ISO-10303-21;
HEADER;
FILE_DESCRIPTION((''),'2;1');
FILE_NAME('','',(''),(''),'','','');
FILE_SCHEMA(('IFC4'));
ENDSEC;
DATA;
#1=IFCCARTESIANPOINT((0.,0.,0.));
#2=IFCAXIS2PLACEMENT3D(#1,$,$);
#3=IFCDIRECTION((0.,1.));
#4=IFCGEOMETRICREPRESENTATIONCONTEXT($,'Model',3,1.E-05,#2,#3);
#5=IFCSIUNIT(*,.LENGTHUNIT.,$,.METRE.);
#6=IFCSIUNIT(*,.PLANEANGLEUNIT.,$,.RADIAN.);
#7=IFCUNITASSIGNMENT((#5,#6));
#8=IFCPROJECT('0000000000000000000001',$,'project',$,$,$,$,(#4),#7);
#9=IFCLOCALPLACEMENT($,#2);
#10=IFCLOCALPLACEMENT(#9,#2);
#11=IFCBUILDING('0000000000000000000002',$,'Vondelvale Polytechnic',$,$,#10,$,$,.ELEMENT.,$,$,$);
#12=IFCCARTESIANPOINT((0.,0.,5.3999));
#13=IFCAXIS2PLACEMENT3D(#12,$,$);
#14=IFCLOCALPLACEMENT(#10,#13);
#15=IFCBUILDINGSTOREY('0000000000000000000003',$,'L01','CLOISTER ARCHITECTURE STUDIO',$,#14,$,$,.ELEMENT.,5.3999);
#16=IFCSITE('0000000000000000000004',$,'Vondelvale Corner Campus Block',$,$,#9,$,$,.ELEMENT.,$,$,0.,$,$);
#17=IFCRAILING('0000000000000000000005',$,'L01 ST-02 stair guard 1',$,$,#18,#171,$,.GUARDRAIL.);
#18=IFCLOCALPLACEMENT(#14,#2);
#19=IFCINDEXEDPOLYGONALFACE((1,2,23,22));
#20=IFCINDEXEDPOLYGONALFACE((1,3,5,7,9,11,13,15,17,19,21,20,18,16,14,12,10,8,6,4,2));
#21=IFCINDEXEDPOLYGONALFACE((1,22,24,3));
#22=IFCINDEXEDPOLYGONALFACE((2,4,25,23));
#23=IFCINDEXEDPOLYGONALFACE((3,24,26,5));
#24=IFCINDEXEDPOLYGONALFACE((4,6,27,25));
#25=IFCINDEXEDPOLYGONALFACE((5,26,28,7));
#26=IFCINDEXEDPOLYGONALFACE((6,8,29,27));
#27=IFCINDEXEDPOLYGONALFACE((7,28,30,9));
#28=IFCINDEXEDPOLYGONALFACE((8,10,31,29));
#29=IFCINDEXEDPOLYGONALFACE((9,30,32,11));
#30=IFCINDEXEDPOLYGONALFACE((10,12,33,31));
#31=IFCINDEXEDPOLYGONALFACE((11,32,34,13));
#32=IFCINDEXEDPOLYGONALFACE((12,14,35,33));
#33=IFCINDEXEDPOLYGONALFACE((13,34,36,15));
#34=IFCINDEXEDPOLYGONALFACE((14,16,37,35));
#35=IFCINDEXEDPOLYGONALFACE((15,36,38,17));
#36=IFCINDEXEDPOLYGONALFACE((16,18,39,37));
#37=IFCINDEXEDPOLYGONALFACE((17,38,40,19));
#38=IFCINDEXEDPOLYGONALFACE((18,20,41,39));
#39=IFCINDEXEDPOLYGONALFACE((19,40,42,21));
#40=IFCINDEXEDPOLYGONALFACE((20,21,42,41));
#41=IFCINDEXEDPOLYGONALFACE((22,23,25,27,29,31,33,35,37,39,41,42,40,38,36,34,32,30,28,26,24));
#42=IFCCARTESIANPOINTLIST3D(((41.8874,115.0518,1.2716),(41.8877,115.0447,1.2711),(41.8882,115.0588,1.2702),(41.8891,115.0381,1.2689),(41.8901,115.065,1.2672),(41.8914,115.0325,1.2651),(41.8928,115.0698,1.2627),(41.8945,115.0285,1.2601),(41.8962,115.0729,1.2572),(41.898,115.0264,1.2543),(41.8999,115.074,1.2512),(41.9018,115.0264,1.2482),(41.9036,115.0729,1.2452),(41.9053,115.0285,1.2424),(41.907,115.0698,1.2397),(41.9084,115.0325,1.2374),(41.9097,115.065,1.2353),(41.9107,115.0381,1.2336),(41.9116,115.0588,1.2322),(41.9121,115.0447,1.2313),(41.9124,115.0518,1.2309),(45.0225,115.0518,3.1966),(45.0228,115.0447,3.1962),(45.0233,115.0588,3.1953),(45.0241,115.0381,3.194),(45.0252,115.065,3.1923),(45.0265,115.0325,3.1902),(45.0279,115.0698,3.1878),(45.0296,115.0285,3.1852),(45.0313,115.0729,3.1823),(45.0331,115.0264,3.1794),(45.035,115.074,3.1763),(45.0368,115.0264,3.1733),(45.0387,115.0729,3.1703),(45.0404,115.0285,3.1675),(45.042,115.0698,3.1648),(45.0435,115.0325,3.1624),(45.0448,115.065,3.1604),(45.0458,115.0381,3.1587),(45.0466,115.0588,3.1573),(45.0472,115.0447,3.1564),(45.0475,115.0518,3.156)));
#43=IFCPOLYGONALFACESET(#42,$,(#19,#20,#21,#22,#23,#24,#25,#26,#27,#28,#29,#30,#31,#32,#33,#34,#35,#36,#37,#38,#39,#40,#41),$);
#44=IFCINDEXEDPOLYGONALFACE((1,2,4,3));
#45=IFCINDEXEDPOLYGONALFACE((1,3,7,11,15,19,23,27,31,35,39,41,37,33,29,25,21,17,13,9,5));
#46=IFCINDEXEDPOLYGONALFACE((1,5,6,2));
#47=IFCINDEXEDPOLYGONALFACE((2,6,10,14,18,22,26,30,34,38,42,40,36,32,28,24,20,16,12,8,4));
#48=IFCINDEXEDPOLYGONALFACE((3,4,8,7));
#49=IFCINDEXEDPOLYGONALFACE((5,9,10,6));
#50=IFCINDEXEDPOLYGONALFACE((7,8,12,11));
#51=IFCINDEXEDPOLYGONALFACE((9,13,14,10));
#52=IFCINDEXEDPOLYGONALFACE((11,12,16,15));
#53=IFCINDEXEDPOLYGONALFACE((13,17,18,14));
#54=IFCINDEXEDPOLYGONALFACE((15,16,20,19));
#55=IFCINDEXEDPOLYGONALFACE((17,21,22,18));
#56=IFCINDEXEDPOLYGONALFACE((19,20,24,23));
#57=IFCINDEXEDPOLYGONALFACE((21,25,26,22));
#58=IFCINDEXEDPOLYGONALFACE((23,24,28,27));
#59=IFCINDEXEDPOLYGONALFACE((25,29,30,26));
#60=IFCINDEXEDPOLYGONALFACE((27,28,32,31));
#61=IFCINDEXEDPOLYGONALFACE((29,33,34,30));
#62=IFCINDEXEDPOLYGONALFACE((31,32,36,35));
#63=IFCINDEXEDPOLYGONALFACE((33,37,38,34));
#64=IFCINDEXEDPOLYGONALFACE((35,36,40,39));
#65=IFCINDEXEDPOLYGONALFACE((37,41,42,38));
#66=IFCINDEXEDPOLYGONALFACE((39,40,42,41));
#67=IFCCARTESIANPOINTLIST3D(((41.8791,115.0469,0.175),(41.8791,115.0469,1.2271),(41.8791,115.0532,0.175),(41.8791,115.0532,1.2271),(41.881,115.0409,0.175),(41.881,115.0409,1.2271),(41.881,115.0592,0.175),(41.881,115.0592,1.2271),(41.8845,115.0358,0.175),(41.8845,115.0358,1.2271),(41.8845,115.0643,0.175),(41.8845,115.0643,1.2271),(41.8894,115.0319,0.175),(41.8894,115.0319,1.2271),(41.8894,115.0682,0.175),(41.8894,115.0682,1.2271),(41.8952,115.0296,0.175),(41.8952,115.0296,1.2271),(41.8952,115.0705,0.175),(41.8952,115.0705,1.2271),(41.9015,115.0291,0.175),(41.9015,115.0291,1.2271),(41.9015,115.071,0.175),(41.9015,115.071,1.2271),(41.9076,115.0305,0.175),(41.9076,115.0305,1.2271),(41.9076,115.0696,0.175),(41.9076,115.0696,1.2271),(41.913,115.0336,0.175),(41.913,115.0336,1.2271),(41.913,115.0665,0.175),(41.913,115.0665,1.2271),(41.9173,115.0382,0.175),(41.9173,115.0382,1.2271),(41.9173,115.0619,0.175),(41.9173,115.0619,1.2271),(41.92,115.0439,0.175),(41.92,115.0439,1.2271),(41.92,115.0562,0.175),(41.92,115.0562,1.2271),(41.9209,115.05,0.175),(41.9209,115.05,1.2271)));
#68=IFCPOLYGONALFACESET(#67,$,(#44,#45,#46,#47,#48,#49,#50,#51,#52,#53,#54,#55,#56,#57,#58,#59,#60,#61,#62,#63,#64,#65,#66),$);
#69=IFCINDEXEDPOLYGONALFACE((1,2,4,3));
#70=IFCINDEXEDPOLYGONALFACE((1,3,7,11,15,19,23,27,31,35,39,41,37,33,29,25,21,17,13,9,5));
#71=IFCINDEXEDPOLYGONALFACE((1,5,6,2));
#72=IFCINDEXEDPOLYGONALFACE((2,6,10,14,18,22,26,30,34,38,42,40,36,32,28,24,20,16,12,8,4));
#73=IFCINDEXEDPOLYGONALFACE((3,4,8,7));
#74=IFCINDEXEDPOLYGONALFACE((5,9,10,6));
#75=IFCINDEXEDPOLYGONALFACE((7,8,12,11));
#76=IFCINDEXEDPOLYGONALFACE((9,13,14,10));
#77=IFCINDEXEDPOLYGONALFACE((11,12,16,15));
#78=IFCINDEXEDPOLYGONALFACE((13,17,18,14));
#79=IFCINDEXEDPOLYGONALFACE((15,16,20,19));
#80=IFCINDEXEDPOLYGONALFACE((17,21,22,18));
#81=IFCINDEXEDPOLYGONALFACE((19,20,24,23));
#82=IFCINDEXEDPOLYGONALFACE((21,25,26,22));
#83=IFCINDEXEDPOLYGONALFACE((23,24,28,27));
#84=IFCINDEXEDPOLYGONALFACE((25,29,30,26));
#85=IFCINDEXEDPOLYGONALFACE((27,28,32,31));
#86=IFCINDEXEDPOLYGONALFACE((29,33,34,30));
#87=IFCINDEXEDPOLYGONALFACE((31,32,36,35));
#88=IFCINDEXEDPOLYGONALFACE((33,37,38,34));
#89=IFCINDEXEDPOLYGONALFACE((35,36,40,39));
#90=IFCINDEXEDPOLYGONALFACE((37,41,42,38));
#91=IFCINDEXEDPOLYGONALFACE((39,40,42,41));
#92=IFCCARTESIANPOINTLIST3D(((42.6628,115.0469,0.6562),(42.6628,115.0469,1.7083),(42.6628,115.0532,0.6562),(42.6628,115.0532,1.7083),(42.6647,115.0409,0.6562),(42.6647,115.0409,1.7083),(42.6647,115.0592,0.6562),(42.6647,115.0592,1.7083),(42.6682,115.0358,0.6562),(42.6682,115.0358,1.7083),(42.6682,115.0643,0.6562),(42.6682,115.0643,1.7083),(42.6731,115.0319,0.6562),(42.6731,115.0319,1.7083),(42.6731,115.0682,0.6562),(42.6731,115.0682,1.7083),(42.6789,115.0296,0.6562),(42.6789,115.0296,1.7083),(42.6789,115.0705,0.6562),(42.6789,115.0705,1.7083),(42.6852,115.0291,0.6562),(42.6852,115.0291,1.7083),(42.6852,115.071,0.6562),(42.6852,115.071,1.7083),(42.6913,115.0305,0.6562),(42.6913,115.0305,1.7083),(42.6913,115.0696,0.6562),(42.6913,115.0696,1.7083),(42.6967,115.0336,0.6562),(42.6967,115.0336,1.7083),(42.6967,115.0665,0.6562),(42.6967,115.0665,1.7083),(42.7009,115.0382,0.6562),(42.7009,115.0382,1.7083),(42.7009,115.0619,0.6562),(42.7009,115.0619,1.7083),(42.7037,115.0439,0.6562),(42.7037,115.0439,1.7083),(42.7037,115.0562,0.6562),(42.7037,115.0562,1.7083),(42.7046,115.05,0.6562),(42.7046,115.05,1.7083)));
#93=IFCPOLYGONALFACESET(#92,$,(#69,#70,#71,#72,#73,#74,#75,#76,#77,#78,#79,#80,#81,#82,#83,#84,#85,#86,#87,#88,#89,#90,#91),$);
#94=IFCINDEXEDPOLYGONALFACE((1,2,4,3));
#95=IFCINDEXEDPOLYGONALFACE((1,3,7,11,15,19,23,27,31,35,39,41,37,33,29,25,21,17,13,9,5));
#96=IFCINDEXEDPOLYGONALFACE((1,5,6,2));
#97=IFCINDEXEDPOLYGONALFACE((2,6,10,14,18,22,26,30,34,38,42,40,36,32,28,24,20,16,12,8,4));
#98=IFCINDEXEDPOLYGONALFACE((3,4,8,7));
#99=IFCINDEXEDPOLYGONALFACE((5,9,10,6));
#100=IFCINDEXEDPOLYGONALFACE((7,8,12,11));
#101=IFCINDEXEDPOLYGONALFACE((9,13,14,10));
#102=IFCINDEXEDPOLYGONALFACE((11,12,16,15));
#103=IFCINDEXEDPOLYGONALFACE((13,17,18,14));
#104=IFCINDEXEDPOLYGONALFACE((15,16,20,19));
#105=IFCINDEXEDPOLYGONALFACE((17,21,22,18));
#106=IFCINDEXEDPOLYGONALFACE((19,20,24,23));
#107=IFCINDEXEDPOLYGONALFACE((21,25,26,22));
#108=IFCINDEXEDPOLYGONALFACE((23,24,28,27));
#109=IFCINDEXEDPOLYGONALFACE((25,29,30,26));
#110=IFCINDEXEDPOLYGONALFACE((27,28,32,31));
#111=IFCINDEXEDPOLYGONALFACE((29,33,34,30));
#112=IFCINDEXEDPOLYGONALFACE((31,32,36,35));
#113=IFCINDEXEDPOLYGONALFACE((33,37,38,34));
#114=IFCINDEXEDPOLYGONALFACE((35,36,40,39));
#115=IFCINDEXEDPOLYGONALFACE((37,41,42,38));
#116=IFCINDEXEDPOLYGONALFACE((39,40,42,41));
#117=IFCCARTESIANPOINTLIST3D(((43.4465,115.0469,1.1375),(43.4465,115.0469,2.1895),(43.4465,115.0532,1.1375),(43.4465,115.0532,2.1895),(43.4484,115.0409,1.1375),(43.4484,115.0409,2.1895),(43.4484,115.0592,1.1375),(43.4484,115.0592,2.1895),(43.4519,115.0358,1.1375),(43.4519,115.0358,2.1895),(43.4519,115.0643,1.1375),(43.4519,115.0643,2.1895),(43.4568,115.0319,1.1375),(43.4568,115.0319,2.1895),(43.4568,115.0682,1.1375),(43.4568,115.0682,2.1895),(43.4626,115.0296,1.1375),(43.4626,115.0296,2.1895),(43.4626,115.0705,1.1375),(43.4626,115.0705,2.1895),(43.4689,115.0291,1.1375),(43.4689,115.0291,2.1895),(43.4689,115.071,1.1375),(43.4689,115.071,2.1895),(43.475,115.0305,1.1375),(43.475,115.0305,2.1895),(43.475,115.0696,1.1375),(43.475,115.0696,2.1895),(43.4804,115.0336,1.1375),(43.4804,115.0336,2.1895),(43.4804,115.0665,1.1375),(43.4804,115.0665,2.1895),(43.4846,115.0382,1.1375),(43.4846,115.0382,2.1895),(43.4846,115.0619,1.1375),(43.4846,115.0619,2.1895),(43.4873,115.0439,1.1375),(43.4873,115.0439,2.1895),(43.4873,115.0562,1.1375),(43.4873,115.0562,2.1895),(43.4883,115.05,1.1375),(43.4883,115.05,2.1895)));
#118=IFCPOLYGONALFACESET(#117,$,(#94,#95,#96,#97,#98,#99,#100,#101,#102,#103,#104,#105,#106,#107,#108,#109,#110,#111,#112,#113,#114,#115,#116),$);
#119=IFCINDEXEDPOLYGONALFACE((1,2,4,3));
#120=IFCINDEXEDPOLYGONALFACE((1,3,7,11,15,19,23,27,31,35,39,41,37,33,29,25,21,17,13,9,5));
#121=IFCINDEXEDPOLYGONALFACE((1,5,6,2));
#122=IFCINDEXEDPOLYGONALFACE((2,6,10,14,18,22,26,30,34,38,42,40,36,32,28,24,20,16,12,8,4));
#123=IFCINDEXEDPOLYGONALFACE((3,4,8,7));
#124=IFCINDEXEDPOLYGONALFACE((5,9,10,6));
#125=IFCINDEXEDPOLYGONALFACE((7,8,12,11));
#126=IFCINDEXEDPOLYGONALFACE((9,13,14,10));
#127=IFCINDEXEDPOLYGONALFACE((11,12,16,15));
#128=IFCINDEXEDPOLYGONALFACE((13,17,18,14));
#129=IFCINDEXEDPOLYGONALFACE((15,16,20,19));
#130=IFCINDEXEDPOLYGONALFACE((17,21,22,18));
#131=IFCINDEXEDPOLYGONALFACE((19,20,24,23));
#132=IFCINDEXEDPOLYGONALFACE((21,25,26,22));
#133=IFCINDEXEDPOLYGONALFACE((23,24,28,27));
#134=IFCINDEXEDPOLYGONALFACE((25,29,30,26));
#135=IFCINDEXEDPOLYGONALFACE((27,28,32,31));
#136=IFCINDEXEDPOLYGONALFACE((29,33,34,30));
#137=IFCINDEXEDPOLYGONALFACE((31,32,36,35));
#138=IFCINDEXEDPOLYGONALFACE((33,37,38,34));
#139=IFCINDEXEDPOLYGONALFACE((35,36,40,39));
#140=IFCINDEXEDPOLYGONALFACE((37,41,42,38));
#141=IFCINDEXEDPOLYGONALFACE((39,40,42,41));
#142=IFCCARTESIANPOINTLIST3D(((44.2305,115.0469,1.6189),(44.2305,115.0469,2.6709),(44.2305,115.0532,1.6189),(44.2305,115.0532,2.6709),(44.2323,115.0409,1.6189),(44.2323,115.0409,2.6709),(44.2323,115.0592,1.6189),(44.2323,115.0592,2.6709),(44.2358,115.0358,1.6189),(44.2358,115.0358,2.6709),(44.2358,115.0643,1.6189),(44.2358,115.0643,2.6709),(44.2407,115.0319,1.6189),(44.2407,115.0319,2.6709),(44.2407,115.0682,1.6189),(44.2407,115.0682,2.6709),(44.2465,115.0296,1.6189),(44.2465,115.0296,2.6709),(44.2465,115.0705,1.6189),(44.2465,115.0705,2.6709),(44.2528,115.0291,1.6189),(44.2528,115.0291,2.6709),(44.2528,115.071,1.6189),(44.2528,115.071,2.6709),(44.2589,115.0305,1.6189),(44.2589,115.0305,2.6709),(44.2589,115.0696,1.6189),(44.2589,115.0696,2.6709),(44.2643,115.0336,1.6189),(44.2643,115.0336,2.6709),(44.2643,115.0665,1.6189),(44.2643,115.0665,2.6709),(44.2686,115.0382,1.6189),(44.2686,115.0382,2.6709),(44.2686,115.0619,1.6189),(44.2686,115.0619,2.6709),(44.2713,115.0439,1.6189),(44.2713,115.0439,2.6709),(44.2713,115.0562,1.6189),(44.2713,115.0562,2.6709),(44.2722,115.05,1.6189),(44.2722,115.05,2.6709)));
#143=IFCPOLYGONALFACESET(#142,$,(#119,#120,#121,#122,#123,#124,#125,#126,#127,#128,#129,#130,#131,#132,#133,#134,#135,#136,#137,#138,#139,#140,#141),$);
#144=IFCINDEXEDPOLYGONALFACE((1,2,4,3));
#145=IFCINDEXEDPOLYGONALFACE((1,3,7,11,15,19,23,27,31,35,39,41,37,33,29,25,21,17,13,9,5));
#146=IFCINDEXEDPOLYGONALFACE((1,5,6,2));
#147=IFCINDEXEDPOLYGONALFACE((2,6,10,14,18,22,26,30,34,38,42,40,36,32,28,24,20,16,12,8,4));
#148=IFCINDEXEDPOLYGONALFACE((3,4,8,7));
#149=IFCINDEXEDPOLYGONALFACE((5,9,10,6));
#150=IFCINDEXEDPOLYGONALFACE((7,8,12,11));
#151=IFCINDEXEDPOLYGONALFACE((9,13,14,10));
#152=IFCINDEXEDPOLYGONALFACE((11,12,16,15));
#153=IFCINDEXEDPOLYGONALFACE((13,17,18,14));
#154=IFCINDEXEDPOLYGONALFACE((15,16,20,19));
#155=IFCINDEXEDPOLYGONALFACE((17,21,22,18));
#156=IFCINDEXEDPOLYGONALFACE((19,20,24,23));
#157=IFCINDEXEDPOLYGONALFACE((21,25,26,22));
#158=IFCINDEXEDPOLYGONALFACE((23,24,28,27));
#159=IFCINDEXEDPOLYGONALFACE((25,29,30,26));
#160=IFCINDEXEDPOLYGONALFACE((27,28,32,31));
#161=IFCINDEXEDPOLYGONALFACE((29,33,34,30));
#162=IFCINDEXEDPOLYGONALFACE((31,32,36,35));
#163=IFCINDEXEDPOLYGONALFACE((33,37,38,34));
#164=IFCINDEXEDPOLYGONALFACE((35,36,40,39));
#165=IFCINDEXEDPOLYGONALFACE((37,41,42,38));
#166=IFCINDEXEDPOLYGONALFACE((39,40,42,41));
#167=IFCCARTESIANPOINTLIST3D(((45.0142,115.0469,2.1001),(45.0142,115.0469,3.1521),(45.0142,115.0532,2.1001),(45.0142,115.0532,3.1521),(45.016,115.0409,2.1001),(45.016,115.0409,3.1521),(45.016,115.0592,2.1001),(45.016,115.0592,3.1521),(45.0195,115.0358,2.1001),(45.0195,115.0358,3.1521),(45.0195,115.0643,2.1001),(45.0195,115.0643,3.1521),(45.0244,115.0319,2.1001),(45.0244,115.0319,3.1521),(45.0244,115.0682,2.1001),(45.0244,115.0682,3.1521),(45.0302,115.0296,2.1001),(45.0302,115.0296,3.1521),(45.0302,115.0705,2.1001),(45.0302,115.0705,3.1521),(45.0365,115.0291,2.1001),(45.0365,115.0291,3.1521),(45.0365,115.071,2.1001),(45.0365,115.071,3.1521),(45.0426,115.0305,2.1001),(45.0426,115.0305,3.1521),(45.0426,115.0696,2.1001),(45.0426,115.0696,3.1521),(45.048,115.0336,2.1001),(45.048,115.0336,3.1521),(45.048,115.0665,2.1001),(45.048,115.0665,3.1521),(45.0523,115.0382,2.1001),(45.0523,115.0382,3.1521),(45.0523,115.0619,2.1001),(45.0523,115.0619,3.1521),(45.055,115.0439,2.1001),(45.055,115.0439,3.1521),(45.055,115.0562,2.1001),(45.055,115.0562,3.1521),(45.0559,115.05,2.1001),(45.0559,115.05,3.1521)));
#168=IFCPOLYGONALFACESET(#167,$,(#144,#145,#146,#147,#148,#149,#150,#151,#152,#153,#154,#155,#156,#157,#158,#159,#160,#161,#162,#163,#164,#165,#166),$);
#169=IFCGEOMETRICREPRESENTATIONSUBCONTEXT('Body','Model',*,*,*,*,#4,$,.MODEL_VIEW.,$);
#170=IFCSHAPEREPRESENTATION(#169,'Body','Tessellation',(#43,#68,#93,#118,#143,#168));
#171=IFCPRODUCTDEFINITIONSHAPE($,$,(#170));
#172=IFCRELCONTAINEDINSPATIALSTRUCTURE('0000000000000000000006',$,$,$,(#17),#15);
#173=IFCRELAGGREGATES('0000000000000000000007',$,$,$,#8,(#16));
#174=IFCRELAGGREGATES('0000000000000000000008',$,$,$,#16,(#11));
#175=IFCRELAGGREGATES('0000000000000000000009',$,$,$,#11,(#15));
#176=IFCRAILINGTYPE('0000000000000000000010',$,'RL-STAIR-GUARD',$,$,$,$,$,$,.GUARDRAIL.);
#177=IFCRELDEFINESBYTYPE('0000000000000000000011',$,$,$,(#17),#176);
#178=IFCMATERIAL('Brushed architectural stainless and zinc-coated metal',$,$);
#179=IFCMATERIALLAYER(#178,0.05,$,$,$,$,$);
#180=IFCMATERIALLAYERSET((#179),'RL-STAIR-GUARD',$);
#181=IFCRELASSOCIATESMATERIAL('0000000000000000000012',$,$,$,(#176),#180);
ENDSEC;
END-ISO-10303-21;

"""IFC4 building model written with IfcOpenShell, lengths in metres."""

from ifc_helpers import new_model, si_unit, direction, frame, origin, origin_2d, place, context, subcontext, project, spatial, circle, extrude, material, layer, layer_set, type_object, element, save


model = new_model("IFC4")

# Units and contexts
model_context = context("Model", 3, precision=1e-05, world=origin(), true_north=direction((0.0, 1.0)))
body_context = subcontext(model_context, "Body", "Model", "MODEL_VIEW")
ifc_project = project(units=[si_unit("LENGTHUNIT", "METRE"), si_unit("PLANEANGLEUNIT", "RADIAN")], contexts=[model_context])

# Site, building, storey
site_placement = place(None, origin())
site = spatial("IfcSite", under=ifc_project, at=site_placement, Name="Vondelvale Corner Campus Block", CompositionType="ELEMENT", RefElevation=0.0)
building_placement = place(site_placement, origin())
building = spatial("IfcBuilding", under=site, at=building_placement, Name="Vondelvale Polytechnic", CompositionType="ELEMENT")
storey_placement = place(building_placement, frame((0.0, 0.0, 5.3999)))
storey = spatial("IfcBuildingStorey", under=building, at=storey_placement, Name="L01", Description="CLOISTER ARCHITECTURE STUDIO", CompositionType="ELEMENT", Elevation=5.3999)

# Railing
ifc_material_1 = material(Name="Brushed architectural stainless and zinc-coated metal")
ifc_layer_1 = layer(ifc_material_1, 0.05)
ifc_layer_set_1 = layer_set([ifc_layer_1], Name="RL-STAIR-GUARD")
railing_type_1 = type_object("IfcRailingType", Name="RL-STAIR-GUARD", PredefinedType="GUARDRAIL", material=ifc_layer_set_1)
railing_1_placement = place(storey_placement, frame((41.8999, 115.05, 0.175)))
element("IfcRailing", 1, at=railing_1_placement, inside=storey, type_object=railing_type_1, Name="L01 ST-02 stair guard 1", PredefinedType="GUARDRAIL", context=body_context, shape_type="SweptSolid", body=[
    extrude(circle(Radius=0.0239, at=origin_2d()), frame((0.0, 0.0, 1.0762), z_axis=(0.852166, 0.0, 0.523271), x_axis=(0.0, 1.0, 0.0)), (0.0, 0.0, 1.0), 3.679),
    extrude(circle(Radius=0.021, at=origin_2d()), origin(), (0.0, 0.0, 1.0), 1.052),
    extrude(circle(Radius=0.021, at=origin_2d()), frame((0.7837, 0.0, 0.4812)), (0.0, 0.0, 1.0), 1.052),
    extrude(circle(Radius=0.021, at=origin_2d()), frame((1.5674, 0.0, 0.9624)), (0.0, 0.0, 1.0), 1.052),
    extrude(circle(Radius=0.021, at=origin_2d()), frame((2.3513, 0.0, 1.4438)), (0.0, 0.0, 1.0), 1.052),
    extrude(circle(Radius=0.021, at=origin_2d()), frame((3.135, 0.0, 1.925)), (0.0, 0.0, 1.0), 1.052),
])

save(model, "model.ifc")
